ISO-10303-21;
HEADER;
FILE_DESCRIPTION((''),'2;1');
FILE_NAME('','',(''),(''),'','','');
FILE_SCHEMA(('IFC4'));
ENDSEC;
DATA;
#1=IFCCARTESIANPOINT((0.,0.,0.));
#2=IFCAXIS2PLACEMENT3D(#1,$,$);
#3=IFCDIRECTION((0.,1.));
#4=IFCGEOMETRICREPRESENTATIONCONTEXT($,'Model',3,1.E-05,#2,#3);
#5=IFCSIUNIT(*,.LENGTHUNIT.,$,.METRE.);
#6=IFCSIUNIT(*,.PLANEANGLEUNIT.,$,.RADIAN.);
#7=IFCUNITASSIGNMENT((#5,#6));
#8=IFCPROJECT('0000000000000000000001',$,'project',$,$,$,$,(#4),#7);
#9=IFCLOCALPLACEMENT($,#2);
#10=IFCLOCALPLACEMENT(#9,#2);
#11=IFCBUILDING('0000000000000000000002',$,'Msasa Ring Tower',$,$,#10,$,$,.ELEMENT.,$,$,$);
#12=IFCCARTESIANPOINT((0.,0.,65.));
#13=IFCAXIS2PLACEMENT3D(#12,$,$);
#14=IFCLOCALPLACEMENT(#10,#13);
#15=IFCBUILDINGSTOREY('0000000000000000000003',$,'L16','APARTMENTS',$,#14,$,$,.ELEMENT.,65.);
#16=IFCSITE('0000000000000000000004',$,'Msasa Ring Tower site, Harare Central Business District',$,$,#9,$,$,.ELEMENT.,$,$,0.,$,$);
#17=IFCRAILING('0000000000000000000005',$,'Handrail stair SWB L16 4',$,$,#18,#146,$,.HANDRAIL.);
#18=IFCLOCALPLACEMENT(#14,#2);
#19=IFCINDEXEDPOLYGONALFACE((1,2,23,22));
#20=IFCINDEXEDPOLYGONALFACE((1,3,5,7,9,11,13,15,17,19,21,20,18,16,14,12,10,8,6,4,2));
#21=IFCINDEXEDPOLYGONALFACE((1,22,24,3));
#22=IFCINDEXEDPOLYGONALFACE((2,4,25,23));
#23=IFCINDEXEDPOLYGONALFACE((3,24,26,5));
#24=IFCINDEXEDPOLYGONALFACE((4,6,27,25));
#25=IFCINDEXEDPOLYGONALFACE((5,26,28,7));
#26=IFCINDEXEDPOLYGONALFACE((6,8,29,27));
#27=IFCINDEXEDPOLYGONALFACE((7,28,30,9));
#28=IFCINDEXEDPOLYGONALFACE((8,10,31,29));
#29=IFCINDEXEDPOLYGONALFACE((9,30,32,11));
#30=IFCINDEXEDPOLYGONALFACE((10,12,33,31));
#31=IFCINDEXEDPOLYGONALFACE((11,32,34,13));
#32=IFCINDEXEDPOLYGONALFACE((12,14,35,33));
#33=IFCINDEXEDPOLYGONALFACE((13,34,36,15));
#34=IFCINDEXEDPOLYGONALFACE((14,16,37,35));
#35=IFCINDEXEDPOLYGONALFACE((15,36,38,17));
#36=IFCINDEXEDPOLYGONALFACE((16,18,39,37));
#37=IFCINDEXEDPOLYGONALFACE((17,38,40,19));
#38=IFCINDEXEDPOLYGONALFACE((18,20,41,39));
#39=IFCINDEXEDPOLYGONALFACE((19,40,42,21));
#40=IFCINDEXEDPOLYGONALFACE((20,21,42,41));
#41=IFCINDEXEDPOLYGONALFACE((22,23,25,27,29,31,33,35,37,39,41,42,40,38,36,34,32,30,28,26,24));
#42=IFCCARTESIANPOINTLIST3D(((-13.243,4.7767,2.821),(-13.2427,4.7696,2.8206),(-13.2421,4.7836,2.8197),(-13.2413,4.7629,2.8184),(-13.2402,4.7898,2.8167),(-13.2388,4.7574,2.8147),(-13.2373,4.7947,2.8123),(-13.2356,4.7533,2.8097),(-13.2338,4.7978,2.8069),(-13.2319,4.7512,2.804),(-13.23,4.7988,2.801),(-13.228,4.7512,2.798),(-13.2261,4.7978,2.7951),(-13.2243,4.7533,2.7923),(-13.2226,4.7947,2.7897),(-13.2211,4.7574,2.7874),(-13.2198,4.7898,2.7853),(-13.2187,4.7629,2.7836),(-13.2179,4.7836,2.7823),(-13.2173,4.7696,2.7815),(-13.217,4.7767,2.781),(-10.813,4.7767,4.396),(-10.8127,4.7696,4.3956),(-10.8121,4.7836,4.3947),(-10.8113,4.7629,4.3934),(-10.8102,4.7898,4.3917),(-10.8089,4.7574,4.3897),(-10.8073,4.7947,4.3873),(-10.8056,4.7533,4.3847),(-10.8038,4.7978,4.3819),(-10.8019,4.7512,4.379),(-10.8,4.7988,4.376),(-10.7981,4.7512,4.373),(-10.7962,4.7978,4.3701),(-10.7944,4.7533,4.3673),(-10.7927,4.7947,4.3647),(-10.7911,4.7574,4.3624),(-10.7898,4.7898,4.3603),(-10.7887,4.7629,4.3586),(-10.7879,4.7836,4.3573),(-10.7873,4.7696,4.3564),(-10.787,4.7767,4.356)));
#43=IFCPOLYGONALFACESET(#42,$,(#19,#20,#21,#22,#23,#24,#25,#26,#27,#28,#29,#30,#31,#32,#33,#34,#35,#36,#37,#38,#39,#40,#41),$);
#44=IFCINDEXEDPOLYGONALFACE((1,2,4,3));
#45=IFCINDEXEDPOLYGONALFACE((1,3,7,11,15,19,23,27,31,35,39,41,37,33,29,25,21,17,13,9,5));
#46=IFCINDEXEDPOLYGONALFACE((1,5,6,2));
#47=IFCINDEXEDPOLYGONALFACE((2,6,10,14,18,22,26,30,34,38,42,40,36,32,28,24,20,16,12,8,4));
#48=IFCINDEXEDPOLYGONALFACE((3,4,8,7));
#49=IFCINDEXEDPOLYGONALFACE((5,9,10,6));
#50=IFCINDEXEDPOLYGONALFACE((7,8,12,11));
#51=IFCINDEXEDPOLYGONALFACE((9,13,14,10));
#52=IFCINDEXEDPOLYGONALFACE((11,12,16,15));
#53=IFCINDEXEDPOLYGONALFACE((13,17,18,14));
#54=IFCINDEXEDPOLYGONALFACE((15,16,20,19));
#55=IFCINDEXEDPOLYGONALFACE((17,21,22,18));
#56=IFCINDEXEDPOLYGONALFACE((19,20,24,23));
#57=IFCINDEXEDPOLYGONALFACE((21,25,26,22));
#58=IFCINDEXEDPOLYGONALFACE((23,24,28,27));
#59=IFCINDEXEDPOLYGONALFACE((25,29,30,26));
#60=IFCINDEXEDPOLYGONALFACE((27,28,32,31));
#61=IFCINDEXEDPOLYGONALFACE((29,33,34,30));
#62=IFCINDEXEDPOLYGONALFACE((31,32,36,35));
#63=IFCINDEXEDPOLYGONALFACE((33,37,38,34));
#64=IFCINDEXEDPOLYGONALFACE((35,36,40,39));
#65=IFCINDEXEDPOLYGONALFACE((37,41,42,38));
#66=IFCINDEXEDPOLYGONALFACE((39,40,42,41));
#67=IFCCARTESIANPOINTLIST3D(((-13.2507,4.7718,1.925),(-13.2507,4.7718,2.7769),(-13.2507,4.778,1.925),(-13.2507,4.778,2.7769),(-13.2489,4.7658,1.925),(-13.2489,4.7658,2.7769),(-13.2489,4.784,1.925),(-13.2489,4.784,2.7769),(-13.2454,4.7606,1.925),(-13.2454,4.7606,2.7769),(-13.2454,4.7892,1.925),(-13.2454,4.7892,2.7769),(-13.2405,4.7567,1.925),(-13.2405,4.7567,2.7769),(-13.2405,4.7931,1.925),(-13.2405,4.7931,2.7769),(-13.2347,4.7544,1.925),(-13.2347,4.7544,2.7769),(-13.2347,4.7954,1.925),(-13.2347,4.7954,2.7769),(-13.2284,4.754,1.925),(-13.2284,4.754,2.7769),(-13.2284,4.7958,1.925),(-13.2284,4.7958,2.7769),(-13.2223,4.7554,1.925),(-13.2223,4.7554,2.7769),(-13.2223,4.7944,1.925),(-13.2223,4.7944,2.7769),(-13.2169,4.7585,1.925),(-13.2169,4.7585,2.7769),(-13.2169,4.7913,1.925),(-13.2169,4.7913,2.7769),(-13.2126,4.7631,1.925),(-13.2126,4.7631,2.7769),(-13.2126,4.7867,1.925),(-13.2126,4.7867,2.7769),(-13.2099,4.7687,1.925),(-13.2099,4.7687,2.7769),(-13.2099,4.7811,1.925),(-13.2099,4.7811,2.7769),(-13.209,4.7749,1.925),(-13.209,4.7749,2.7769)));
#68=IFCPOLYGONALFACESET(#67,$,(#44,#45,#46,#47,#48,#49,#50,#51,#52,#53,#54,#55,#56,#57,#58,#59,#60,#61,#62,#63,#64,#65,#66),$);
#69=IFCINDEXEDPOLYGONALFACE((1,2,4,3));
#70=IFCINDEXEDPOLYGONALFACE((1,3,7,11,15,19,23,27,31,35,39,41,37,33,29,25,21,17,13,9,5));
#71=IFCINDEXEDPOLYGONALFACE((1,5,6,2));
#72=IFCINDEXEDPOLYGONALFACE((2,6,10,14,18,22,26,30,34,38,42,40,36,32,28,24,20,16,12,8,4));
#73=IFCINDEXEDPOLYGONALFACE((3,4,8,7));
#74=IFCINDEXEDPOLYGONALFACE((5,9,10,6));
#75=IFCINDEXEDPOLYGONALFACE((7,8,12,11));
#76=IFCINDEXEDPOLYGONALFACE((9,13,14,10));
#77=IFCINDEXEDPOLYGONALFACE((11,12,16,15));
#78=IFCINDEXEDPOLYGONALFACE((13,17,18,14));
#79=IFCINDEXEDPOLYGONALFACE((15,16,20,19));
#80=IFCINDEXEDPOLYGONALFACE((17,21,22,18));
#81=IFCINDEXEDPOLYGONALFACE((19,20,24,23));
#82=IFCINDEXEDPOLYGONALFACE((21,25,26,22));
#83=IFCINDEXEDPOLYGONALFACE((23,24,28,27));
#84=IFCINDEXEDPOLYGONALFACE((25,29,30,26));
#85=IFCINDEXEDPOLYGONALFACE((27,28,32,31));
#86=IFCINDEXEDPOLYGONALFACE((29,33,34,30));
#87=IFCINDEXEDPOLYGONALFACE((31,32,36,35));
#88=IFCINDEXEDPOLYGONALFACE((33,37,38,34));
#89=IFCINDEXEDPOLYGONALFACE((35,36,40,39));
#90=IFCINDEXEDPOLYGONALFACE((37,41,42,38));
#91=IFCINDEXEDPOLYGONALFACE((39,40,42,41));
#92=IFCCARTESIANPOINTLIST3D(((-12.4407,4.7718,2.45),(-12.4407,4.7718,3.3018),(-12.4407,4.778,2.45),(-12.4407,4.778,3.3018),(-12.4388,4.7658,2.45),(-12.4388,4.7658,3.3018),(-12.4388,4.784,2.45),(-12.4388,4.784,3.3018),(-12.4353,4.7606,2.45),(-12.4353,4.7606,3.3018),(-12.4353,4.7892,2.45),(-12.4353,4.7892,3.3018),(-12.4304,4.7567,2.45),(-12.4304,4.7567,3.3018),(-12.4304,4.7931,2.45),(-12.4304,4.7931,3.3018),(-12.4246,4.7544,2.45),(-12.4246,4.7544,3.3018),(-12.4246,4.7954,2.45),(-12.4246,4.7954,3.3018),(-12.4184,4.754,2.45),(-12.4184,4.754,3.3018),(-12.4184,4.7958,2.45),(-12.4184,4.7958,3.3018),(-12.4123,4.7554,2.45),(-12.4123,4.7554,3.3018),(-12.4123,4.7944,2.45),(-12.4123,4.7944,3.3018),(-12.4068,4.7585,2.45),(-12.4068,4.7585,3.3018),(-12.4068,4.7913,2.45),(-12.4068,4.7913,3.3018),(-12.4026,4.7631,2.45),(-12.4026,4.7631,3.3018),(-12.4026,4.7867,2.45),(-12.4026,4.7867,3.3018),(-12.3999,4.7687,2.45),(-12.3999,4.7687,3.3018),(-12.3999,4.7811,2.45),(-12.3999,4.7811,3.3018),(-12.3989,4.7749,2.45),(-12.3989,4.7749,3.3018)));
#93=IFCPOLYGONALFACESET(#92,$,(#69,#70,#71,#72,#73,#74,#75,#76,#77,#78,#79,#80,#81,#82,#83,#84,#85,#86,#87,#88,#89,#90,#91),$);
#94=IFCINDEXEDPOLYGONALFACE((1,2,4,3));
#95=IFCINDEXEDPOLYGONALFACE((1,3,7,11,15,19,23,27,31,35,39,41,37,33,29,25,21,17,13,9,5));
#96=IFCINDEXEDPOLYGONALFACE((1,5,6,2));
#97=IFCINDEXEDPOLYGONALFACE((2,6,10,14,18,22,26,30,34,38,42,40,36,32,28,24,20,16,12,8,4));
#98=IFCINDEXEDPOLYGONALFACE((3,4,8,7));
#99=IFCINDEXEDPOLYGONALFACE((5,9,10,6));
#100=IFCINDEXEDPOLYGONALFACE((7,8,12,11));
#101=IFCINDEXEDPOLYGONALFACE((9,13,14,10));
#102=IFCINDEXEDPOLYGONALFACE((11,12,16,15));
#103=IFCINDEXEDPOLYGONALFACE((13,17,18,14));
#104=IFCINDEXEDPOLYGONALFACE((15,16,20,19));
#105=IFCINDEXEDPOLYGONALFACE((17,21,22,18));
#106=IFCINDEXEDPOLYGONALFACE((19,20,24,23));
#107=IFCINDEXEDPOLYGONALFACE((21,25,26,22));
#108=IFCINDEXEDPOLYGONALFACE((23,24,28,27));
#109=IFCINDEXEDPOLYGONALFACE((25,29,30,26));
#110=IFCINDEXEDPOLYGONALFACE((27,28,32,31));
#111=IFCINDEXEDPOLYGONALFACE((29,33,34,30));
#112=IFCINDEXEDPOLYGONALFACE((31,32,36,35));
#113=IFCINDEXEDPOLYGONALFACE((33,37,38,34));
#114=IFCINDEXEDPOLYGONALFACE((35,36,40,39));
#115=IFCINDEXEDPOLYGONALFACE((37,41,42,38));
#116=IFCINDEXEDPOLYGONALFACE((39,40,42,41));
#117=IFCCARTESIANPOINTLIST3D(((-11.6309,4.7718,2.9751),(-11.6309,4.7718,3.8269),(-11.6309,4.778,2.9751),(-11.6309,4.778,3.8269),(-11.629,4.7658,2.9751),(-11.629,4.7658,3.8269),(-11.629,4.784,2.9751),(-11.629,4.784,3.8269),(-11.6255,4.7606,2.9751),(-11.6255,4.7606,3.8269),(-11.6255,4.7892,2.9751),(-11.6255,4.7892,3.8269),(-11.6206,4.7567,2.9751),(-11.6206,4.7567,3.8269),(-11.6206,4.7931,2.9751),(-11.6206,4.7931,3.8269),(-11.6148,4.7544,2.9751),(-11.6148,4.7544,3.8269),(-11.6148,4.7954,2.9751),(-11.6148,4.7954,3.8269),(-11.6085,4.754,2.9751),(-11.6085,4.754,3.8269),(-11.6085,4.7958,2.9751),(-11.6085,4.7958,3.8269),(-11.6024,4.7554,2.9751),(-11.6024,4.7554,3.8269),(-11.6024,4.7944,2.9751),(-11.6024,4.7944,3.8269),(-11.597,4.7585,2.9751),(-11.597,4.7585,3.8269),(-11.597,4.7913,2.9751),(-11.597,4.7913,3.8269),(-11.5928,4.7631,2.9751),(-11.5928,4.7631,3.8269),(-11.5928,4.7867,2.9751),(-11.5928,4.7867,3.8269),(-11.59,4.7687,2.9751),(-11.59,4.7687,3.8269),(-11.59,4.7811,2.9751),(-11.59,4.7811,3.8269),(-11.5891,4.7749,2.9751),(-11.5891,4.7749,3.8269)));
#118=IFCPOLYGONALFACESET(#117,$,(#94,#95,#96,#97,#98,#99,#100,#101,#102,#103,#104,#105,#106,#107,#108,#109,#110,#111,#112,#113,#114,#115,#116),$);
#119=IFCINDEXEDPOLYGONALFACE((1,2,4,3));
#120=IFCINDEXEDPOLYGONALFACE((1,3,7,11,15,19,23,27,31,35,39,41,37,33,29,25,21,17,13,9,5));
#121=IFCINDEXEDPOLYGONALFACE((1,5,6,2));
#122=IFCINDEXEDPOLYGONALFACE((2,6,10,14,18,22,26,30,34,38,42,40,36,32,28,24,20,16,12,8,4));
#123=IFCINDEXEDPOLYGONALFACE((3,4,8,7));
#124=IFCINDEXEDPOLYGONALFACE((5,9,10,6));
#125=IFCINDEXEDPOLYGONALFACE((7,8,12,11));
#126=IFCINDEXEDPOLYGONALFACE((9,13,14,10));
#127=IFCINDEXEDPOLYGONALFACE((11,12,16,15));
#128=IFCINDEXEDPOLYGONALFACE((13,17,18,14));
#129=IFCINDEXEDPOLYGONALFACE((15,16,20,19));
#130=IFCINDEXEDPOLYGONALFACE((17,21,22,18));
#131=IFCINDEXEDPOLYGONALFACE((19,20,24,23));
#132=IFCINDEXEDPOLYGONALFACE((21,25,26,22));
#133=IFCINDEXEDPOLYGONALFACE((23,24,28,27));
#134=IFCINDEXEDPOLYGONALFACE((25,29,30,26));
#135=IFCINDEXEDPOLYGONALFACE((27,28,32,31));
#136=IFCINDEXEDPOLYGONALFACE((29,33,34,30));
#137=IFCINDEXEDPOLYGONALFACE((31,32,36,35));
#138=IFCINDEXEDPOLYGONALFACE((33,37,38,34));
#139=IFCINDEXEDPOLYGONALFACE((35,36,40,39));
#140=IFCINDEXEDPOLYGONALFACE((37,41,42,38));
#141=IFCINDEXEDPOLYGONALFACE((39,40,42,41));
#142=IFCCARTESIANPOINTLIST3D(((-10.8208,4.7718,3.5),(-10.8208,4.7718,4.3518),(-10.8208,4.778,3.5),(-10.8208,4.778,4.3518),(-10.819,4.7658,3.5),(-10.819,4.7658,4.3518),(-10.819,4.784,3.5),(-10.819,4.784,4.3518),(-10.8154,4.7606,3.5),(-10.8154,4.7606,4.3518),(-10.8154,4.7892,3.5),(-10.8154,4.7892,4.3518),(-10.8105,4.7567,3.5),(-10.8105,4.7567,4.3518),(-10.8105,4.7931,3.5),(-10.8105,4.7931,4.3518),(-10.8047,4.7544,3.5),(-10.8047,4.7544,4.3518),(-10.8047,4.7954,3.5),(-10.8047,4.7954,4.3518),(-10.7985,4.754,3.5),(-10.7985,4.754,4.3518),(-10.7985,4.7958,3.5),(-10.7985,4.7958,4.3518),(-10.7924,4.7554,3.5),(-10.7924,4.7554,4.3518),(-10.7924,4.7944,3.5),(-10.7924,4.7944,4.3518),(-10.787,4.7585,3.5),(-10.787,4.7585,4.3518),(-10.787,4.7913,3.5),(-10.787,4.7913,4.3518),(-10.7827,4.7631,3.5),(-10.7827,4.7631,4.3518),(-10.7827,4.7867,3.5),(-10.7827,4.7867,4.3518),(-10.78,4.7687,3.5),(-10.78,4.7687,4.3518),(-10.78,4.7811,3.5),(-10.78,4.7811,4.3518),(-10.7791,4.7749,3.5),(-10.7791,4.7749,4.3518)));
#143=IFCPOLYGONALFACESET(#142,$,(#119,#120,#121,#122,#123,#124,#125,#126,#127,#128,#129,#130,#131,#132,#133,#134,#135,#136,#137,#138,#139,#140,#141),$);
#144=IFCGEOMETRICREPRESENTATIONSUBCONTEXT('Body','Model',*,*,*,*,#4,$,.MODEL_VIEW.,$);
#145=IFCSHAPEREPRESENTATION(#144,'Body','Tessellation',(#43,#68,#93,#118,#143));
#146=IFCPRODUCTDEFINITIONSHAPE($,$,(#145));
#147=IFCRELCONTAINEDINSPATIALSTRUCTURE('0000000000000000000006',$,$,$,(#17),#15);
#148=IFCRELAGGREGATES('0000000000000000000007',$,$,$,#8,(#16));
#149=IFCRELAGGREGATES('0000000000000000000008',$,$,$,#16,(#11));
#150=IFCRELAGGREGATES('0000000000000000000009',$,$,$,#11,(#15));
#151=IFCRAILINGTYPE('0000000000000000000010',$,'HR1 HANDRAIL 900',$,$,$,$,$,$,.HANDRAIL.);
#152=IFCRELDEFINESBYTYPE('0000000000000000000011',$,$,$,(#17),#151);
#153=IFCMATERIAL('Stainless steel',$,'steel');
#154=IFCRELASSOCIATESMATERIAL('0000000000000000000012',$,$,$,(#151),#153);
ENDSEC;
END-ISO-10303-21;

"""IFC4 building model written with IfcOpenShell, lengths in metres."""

from ifc_helpers import new_model, si_unit, direction, frame, origin, origin_2d, place, context, subcontext, project, spatial, circle, extrude, material, type_object, element, save


model = new_model("IFC4")

# Units and contexts
model_context = context("Model", 3, precision=1e-05, world=origin(), true_north=direction((0.0, 1.0)))
body_context = subcontext(model_context, "Body", "Model", "MODEL_VIEW")
ifc_project = project(units=[si_unit("LENGTHUNIT", "METRE"), si_unit("PLANEANGLEUNIT", "RADIAN")], contexts=[model_context])

# Site, building, storey
site_placement = place(None, origin())
site = spatial("IfcSite", under=ifc_project, at=site_placement, Name="Msasa Ring Tower site, Harare Central Business District", CompositionType="ELEMENT", RefElevation=0.0)
building_placement = place(site_placement, origin())
building = spatial("IfcBuilding", under=site, at=building_placement, Name="Msasa Ring Tower", CompositionType="ELEMENT")
storey_placement = place(building_placement, frame((0.0, 0.0, 65.0)))
storey = spatial("IfcBuildingStorey", under=building, at=storey_placement, Name="L16", Description="APARTMENTS", CompositionType="ELEMENT", Elevation=65.0)

# Railing
ifc_material_1 = material(Name="Stainless steel", Category="steel")
railing_type = type_object("IfcRailingType", Name="HR1 HANDRAIL 900", PredefinedType="HANDRAIL", material=ifc_material_1)
for number, where, name in (
    (1, (-13.23, 4.7749, 1.925), "Handrail stair SWB L16 4"),
):
    element("IfcRailing", number, at=place(storey_placement, frame(where)), inside=storey, type_object=railing_type, Name=name, PredefinedType="HANDRAIL", context=body_context, shape_type="SweptSolid", body=[
        extrude(circle(Radius=0.0239, at=origin_2d()), frame((0.0, 0.0, 0.876), z_axis=(0.839154, 0.0, 0.543894), x_axis=(0.0, 1.0, 0.0)), (0.0, 0.0, 1.0), 2.8958),
        extrude(circle(Radius=0.021, at=origin_2d()), origin(), (0.0, 0.0, 1.0), 0.8518),
        extrude(circle(Radius=0.021, at=origin_2d()), frame((0.8101, 0.0, 0.5249)), (0.0, 0.0, 1.0), 0.8518),
        extrude(circle(Radius=0.021, at=origin_2d()), frame((1.6199, 0.0, 1.05)), (0.0, 0.0, 1.0), 0.8518),
        extrude(circle(Radius=0.021, at=origin_2d()), frame((2.4299, 0.0, 1.575)), (0.0, 0.0, 1.0), 0.8518),
    ])

save(model, "model.ifc")
